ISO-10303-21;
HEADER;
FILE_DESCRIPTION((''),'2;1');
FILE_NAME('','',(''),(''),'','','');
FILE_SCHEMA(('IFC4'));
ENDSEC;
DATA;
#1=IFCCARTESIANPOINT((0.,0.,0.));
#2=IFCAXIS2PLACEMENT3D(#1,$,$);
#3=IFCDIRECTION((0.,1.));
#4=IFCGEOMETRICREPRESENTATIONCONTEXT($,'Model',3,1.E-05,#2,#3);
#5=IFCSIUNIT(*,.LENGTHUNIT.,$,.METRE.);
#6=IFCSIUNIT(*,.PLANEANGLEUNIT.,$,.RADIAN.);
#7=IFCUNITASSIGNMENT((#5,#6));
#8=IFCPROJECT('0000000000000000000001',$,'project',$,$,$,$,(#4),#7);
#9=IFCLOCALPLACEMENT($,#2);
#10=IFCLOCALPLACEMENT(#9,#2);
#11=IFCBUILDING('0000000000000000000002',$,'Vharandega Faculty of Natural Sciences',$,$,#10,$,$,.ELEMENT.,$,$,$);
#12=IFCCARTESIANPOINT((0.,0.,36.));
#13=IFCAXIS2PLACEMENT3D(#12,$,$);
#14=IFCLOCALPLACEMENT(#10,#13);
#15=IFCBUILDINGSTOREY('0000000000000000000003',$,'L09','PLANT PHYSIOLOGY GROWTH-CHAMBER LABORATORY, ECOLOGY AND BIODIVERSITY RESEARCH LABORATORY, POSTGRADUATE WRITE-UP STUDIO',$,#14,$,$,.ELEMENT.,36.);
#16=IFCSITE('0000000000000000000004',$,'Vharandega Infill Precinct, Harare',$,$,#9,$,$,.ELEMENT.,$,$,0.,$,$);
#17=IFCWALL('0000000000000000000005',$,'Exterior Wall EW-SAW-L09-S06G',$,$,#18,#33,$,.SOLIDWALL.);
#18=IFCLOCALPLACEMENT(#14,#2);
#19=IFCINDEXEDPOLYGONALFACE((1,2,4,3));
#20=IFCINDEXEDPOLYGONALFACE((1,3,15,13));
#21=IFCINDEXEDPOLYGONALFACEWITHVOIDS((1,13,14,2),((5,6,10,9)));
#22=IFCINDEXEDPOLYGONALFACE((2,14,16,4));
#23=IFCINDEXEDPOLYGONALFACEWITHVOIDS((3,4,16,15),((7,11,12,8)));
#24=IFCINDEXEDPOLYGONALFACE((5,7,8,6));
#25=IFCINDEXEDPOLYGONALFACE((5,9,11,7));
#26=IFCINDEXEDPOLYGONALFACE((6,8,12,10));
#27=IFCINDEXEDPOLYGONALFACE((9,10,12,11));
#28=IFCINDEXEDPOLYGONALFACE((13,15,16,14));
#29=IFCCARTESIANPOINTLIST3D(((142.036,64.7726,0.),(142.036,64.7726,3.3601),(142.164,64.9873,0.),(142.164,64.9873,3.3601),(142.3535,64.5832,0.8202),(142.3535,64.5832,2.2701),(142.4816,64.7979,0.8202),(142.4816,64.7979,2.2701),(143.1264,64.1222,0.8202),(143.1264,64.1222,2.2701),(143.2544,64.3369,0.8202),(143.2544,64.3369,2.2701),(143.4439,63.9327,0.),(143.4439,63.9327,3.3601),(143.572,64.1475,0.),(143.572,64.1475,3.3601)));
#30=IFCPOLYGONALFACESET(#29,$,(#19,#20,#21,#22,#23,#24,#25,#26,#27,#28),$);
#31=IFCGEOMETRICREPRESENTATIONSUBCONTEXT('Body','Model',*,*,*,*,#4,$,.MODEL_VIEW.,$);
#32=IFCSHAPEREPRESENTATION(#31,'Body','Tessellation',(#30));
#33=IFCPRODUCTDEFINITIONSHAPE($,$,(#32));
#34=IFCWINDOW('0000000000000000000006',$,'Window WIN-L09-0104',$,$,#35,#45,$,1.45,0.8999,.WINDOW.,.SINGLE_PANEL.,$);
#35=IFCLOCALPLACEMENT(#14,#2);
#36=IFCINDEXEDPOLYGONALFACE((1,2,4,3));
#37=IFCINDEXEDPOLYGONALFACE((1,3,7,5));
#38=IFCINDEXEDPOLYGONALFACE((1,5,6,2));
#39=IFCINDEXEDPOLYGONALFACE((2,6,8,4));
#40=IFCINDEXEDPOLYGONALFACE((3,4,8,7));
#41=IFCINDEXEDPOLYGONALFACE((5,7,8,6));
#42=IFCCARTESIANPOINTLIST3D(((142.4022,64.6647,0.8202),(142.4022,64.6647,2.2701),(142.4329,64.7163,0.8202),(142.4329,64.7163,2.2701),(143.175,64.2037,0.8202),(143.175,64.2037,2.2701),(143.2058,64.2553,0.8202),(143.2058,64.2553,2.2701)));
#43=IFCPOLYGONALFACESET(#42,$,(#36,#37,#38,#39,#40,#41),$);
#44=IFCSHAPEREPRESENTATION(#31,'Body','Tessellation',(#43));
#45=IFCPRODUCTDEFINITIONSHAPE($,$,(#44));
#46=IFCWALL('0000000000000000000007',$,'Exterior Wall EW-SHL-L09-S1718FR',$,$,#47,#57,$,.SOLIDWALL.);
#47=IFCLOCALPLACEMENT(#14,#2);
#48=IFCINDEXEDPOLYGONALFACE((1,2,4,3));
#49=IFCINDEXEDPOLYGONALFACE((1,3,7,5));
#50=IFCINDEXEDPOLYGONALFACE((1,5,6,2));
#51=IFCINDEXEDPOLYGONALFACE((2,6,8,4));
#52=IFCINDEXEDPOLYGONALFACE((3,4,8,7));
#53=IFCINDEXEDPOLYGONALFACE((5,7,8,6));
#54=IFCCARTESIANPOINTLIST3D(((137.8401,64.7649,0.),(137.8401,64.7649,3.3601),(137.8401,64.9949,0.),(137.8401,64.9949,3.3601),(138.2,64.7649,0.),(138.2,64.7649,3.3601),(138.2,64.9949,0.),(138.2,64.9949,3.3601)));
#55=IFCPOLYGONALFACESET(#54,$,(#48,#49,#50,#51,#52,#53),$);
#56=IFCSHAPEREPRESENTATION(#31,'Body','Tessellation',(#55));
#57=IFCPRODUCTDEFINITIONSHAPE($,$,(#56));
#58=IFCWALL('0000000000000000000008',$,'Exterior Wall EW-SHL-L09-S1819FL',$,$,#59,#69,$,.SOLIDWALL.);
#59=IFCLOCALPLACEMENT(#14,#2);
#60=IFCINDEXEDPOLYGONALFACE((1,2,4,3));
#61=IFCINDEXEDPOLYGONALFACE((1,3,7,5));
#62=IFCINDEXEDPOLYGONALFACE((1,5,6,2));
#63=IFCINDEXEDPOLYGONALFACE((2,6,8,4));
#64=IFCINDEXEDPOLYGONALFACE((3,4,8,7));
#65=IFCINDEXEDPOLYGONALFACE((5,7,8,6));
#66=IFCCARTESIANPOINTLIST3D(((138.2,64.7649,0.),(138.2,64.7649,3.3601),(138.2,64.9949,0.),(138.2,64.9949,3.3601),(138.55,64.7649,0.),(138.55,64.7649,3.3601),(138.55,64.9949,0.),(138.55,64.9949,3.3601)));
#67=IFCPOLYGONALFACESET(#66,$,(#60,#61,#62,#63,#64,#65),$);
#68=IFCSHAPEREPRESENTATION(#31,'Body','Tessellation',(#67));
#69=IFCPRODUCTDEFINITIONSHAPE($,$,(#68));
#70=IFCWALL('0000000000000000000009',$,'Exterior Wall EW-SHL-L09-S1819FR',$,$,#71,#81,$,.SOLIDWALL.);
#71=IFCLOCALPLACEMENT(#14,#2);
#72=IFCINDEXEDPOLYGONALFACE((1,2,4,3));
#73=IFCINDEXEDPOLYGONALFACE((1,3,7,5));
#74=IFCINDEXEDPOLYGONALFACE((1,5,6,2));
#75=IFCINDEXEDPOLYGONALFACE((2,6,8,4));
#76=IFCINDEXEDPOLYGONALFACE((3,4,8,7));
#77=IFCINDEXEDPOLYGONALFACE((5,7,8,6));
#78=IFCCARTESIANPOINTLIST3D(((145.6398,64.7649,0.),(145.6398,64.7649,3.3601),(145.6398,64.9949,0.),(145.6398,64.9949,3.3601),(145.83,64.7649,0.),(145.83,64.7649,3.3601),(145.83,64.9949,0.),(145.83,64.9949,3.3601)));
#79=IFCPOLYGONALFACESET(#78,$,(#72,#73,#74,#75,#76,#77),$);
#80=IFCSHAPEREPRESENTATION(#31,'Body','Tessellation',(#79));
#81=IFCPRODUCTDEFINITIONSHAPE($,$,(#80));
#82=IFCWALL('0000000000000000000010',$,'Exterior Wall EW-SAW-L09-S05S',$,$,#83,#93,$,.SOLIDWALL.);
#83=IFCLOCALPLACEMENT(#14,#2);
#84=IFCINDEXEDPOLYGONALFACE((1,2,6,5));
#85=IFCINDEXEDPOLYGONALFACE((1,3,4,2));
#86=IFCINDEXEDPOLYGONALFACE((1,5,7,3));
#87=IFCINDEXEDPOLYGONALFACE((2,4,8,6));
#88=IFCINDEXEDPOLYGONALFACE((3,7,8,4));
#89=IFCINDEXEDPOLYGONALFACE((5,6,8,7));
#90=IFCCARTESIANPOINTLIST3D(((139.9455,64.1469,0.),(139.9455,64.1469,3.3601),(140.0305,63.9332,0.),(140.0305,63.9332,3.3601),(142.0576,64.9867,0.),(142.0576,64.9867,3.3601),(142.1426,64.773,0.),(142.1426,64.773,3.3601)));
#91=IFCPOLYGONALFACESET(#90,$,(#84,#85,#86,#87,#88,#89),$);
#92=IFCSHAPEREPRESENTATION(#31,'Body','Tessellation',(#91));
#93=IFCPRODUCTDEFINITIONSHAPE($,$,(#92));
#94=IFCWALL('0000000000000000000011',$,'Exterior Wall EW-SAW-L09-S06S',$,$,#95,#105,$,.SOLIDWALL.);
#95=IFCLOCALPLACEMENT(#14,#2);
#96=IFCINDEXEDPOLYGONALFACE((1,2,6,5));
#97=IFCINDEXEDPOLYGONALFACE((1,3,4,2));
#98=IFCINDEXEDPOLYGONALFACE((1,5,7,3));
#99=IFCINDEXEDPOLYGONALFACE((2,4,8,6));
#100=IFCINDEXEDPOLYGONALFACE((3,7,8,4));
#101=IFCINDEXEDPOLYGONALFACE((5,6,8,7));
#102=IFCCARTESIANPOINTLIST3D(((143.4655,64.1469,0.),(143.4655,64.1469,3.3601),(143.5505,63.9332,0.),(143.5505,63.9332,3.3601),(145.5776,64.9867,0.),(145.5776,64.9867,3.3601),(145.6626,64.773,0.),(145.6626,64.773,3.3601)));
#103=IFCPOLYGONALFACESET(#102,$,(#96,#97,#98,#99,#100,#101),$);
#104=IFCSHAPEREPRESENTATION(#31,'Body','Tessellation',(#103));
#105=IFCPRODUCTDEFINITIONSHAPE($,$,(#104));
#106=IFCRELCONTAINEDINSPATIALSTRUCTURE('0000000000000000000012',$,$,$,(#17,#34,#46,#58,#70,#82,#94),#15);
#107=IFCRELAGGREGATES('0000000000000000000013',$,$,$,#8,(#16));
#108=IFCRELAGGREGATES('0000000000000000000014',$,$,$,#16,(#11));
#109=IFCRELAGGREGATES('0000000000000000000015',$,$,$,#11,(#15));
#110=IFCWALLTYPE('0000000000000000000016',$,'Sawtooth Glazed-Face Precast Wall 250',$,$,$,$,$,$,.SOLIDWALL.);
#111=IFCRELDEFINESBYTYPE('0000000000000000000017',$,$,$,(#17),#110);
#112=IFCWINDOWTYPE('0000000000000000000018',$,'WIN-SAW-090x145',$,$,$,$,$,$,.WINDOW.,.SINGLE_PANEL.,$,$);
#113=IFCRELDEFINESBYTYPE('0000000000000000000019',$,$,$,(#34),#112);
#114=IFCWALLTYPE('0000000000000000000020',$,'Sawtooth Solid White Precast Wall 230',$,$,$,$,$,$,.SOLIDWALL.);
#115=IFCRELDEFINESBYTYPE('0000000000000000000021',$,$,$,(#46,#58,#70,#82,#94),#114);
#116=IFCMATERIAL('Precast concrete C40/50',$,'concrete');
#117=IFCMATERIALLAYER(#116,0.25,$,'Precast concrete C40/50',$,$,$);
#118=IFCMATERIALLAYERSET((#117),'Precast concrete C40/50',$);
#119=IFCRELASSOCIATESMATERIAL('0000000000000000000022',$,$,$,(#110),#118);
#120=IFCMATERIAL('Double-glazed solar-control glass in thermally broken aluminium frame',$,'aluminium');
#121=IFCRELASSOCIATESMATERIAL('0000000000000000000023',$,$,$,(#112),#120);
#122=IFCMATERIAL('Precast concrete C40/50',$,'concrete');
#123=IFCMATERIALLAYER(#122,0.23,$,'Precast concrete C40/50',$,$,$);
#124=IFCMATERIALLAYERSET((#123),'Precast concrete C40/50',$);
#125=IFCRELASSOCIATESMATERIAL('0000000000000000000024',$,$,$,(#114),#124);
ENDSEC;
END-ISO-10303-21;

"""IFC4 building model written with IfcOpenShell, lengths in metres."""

from ifc_helpers import new_model, si_unit, direction, frame, frame_2d, origin, place, context, subcontext, project, spatial, rectangle, extrude, material, layer, layer_set, type_object, element, fill, save


model = new_model("IFC4")

# Units and contexts
model_context = context("Model", 3, precision=1e-05, world=origin(), true_north=direction((0.0, 1.0)))
body_context = subcontext(model_context, "Body", "Model", "MODEL_VIEW")
ifc_project = project(units=[si_unit("LENGTHUNIT", "METRE"), si_unit("PLANEANGLEUNIT", "RADIAN")], contexts=[model_context])

# Site, building, storey
site_placement = place(None, origin())
site = spatial("IfcSite", under=ifc_project, at=site_placement, Name="Vharandega Infill Precinct, Harare", CompositionType="ELEMENT", RefElevation=0.0)
building_placement = place(site_placement, origin())
building = spatial("IfcBuilding", under=site, at=building_placement, Name="Vharandega Faculty of Natural Sciences", CompositionType="ELEMENT")
storey_placement = place(building_placement, frame((0.0, 0.0, 36.0)))
storey = spatial("IfcBuildingStorey", under=building, at=storey_placement, Name="L09", Description="PLANT PHYSIOLOGY GROWTH-CHAMBER LABORATORY, ECOLOGY AND BIODIVERSITY RESEARCH LABORATORY, POSTGRADUATE WRITE-UP STUDIO", CompositionType="ELEMENT", Elevation=36.0)

# Wall, opening, window
ifc_material_1 = material(Name="Precast concrete C40/50", Category="concrete")
ifc_layer_1 = layer(ifc_material_1, 0.25, Name="Precast concrete C40/50")
ifc_layer_set_1 = layer_set([ifc_layer_1], Name="Precast concrete C40/50")
wall_type_1 = type_object("IfcWallType", Name="Sawtooth Glazed-Face Precast Wall 250", PredefinedType="SOLIDWALL", material=ifc_layer_set_1)
wall_1_placement = place(storey_placement, frame((143.5081, 64.04, 0.0), z_axis=(0.0, 0.0, 1.0), x_axis=(-0.858817, 0.512282, 0.0)))
wall_1 = element("IfcWall", 1, at=wall_1_placement, inside=storey, type_object=wall_type_1, Name="Exterior Wall EW-SAW-L09-S06G", PredefinedType="SOLIDWALL", context=body_context, shape_type="SweptSolid", body=[
    extrude(rectangle(XDim=1.6394, YDim=0.25, at=frame_2d((0.8198, 0.0))), origin(), (0.0, 0.0, 1.0), 3.3601),
])
opening_1_placement = place(wall_1_placement, frame((0.3699, 0.0, 0.8201)))
opening_1 = element("IfcOpeningElement", 2, at=opening_1_placement, cuts=wall_1, PredefinedType="OPENING", context=body_context, shape_type="SweptSolid", body=[
    extrude(rectangle(XDim=0.8999, YDim=1.45, at=frame_2d((0.45, 0.7251))), frame((0.0, 0.135, 0.0), z_axis=(0.0, -1.0, 0.0), x_axis=(1.0, 0.0, 0.0)), (0.0, 0.0, 1.0), 0.27),
])
ifc_material_2 = material(Name="Double-glazed solar-control glass in thermally broken aluminium frame", Category="aluminium")
window_type_1 = type_object("IfcWindowType", Name="WIN-SAW-090x145", PartitioningType="SINGLE_PANEL", PredefinedType="WINDOW", material=ifc_material_2)
window_1_placement = place(opening_1_placement, origin())
window_1 = element("IfcWindow", 3, at=window_1_placement, inside=storey, type_object=window_type_1, Name="Window WIN-L09-0104", OverallHeight=1.45, OverallWidth=0.8999, PartitioningType="SINGLE_PANEL", PredefinedType="WINDOW", context=body_context, shape_type="SweptSolid", body=[
    extrude(rectangle(XDim=0.8999, YDim=1.45, at=frame_2d((0.45, 0.7251))), frame((0.0, 0.03, 0.0), z_axis=(0.0, -1.0, 0.0), x_axis=(1.0, 0.0, 0.0)), (0.0, 0.0, 1.0), 0.0601),
])
fill(opening_1, window_1)

# Walls
ifc_material_3 = material(Name="Precast concrete C40/50", Category="concrete")
ifc_layer_2 = layer(ifc_material_3, 0.23, Name="Precast concrete C40/50")
ifc_layer_set_2 = layer_set([ifc_layer_2], Name="Precast concrete C40/50")
wall_type_2 = type_object("IfcWallType", Name="Sawtooth Solid White Precast Wall 230", PredefinedType="SOLIDWALL", material=ifc_layer_set_2)
wall_2_placement = place(storey_placement, frame((138.2, 64.8799, 0.0), z_axis=(0.0, 0.0, 1.0), x_axis=(-1.0, 0.0, 0.0)))
element("IfcWall", 4, at=wall_2_placement, inside=storey, type_object=wall_type_2, Name="Exterior Wall EW-SHL-L09-S1718FR", PredefinedType="SOLIDWALL", context=body_context, shape_type="SweptSolid", body=[
    extrude(rectangle(XDim=0.3599, YDim=0.23, at=frame_2d((0.1799, 0.0))), origin(), (0.0, 0.0, 1.0), 3.3601),
])
wall_3_placement = place(storey_placement, frame((138.55, 64.8799, 0.0), z_axis=(0.0, 0.0, 1.0), x_axis=(-1.0, 0.0, 0.0)))
element("IfcWall", 5, at=wall_3_placement, inside=storey, type_object=wall_type_2, Name="Exterior Wall EW-SHL-L09-S1819FL", PredefinedType="SOLIDWALL", context=body_context, shape_type="SweptSolid", body=[
    extrude(rectangle(XDim=0.3501, YDim=0.23, at=frame_2d((0.175, 0.0))), origin(), (0.0, 0.0, 1.0), 3.3601),
])
wall_4_placement = place(storey_placement, frame((145.8301, 64.8799, 0.0), z_axis=(0.0, 0.0, 1.0), x_axis=(-1.0, 0.0, 0.0)))
element("IfcWall", 6, at=wall_4_placement, inside=storey, type_object=wall_type_2, Name="Exterior Wall EW-SHL-L09-S1819FR", PredefinedType="SOLIDWALL", context=body_context, shape_type="SweptSolid", body=[
    extrude(rectangle(XDim=0.1902, YDim=0.23, at=frame_2d((0.0952, 0.0))), origin(), (0.0, 0.0, 1.0), 3.3601),
])
for number, where, z_axis, x_axis, name in (
    (7, (142.1001, 64.8799, 0.0), (0.0, 0.0, 1.0), (-0.92923, -0.369501, 0.0), "Exterior Wall EW-SAW-L09-S05S"),
    (8, (145.6201, 64.8799, 0.0), (0.0, 0.0, 1.0), (-0.92923, -0.369501, 0.0), "Exterior Wall EW-SAW-L09-S06S"),
):
    element("IfcWall", number, at=place(storey_placement, frame(where, z_axis=z_axis, x_axis=x_axis)), inside=storey, type_object=wall_type_2, Name=name, PredefinedType="SOLIDWALL", context=body_context, shape_type="SweptSolid", body=[
        extrude(rectangle(XDim=2.2729, YDim=0.23, at=frame_2d((1.1365, 0.0))), origin(), (0.0, 0.0, 1.0), 3.3601),
    ])

save(model, "model.ifc")
